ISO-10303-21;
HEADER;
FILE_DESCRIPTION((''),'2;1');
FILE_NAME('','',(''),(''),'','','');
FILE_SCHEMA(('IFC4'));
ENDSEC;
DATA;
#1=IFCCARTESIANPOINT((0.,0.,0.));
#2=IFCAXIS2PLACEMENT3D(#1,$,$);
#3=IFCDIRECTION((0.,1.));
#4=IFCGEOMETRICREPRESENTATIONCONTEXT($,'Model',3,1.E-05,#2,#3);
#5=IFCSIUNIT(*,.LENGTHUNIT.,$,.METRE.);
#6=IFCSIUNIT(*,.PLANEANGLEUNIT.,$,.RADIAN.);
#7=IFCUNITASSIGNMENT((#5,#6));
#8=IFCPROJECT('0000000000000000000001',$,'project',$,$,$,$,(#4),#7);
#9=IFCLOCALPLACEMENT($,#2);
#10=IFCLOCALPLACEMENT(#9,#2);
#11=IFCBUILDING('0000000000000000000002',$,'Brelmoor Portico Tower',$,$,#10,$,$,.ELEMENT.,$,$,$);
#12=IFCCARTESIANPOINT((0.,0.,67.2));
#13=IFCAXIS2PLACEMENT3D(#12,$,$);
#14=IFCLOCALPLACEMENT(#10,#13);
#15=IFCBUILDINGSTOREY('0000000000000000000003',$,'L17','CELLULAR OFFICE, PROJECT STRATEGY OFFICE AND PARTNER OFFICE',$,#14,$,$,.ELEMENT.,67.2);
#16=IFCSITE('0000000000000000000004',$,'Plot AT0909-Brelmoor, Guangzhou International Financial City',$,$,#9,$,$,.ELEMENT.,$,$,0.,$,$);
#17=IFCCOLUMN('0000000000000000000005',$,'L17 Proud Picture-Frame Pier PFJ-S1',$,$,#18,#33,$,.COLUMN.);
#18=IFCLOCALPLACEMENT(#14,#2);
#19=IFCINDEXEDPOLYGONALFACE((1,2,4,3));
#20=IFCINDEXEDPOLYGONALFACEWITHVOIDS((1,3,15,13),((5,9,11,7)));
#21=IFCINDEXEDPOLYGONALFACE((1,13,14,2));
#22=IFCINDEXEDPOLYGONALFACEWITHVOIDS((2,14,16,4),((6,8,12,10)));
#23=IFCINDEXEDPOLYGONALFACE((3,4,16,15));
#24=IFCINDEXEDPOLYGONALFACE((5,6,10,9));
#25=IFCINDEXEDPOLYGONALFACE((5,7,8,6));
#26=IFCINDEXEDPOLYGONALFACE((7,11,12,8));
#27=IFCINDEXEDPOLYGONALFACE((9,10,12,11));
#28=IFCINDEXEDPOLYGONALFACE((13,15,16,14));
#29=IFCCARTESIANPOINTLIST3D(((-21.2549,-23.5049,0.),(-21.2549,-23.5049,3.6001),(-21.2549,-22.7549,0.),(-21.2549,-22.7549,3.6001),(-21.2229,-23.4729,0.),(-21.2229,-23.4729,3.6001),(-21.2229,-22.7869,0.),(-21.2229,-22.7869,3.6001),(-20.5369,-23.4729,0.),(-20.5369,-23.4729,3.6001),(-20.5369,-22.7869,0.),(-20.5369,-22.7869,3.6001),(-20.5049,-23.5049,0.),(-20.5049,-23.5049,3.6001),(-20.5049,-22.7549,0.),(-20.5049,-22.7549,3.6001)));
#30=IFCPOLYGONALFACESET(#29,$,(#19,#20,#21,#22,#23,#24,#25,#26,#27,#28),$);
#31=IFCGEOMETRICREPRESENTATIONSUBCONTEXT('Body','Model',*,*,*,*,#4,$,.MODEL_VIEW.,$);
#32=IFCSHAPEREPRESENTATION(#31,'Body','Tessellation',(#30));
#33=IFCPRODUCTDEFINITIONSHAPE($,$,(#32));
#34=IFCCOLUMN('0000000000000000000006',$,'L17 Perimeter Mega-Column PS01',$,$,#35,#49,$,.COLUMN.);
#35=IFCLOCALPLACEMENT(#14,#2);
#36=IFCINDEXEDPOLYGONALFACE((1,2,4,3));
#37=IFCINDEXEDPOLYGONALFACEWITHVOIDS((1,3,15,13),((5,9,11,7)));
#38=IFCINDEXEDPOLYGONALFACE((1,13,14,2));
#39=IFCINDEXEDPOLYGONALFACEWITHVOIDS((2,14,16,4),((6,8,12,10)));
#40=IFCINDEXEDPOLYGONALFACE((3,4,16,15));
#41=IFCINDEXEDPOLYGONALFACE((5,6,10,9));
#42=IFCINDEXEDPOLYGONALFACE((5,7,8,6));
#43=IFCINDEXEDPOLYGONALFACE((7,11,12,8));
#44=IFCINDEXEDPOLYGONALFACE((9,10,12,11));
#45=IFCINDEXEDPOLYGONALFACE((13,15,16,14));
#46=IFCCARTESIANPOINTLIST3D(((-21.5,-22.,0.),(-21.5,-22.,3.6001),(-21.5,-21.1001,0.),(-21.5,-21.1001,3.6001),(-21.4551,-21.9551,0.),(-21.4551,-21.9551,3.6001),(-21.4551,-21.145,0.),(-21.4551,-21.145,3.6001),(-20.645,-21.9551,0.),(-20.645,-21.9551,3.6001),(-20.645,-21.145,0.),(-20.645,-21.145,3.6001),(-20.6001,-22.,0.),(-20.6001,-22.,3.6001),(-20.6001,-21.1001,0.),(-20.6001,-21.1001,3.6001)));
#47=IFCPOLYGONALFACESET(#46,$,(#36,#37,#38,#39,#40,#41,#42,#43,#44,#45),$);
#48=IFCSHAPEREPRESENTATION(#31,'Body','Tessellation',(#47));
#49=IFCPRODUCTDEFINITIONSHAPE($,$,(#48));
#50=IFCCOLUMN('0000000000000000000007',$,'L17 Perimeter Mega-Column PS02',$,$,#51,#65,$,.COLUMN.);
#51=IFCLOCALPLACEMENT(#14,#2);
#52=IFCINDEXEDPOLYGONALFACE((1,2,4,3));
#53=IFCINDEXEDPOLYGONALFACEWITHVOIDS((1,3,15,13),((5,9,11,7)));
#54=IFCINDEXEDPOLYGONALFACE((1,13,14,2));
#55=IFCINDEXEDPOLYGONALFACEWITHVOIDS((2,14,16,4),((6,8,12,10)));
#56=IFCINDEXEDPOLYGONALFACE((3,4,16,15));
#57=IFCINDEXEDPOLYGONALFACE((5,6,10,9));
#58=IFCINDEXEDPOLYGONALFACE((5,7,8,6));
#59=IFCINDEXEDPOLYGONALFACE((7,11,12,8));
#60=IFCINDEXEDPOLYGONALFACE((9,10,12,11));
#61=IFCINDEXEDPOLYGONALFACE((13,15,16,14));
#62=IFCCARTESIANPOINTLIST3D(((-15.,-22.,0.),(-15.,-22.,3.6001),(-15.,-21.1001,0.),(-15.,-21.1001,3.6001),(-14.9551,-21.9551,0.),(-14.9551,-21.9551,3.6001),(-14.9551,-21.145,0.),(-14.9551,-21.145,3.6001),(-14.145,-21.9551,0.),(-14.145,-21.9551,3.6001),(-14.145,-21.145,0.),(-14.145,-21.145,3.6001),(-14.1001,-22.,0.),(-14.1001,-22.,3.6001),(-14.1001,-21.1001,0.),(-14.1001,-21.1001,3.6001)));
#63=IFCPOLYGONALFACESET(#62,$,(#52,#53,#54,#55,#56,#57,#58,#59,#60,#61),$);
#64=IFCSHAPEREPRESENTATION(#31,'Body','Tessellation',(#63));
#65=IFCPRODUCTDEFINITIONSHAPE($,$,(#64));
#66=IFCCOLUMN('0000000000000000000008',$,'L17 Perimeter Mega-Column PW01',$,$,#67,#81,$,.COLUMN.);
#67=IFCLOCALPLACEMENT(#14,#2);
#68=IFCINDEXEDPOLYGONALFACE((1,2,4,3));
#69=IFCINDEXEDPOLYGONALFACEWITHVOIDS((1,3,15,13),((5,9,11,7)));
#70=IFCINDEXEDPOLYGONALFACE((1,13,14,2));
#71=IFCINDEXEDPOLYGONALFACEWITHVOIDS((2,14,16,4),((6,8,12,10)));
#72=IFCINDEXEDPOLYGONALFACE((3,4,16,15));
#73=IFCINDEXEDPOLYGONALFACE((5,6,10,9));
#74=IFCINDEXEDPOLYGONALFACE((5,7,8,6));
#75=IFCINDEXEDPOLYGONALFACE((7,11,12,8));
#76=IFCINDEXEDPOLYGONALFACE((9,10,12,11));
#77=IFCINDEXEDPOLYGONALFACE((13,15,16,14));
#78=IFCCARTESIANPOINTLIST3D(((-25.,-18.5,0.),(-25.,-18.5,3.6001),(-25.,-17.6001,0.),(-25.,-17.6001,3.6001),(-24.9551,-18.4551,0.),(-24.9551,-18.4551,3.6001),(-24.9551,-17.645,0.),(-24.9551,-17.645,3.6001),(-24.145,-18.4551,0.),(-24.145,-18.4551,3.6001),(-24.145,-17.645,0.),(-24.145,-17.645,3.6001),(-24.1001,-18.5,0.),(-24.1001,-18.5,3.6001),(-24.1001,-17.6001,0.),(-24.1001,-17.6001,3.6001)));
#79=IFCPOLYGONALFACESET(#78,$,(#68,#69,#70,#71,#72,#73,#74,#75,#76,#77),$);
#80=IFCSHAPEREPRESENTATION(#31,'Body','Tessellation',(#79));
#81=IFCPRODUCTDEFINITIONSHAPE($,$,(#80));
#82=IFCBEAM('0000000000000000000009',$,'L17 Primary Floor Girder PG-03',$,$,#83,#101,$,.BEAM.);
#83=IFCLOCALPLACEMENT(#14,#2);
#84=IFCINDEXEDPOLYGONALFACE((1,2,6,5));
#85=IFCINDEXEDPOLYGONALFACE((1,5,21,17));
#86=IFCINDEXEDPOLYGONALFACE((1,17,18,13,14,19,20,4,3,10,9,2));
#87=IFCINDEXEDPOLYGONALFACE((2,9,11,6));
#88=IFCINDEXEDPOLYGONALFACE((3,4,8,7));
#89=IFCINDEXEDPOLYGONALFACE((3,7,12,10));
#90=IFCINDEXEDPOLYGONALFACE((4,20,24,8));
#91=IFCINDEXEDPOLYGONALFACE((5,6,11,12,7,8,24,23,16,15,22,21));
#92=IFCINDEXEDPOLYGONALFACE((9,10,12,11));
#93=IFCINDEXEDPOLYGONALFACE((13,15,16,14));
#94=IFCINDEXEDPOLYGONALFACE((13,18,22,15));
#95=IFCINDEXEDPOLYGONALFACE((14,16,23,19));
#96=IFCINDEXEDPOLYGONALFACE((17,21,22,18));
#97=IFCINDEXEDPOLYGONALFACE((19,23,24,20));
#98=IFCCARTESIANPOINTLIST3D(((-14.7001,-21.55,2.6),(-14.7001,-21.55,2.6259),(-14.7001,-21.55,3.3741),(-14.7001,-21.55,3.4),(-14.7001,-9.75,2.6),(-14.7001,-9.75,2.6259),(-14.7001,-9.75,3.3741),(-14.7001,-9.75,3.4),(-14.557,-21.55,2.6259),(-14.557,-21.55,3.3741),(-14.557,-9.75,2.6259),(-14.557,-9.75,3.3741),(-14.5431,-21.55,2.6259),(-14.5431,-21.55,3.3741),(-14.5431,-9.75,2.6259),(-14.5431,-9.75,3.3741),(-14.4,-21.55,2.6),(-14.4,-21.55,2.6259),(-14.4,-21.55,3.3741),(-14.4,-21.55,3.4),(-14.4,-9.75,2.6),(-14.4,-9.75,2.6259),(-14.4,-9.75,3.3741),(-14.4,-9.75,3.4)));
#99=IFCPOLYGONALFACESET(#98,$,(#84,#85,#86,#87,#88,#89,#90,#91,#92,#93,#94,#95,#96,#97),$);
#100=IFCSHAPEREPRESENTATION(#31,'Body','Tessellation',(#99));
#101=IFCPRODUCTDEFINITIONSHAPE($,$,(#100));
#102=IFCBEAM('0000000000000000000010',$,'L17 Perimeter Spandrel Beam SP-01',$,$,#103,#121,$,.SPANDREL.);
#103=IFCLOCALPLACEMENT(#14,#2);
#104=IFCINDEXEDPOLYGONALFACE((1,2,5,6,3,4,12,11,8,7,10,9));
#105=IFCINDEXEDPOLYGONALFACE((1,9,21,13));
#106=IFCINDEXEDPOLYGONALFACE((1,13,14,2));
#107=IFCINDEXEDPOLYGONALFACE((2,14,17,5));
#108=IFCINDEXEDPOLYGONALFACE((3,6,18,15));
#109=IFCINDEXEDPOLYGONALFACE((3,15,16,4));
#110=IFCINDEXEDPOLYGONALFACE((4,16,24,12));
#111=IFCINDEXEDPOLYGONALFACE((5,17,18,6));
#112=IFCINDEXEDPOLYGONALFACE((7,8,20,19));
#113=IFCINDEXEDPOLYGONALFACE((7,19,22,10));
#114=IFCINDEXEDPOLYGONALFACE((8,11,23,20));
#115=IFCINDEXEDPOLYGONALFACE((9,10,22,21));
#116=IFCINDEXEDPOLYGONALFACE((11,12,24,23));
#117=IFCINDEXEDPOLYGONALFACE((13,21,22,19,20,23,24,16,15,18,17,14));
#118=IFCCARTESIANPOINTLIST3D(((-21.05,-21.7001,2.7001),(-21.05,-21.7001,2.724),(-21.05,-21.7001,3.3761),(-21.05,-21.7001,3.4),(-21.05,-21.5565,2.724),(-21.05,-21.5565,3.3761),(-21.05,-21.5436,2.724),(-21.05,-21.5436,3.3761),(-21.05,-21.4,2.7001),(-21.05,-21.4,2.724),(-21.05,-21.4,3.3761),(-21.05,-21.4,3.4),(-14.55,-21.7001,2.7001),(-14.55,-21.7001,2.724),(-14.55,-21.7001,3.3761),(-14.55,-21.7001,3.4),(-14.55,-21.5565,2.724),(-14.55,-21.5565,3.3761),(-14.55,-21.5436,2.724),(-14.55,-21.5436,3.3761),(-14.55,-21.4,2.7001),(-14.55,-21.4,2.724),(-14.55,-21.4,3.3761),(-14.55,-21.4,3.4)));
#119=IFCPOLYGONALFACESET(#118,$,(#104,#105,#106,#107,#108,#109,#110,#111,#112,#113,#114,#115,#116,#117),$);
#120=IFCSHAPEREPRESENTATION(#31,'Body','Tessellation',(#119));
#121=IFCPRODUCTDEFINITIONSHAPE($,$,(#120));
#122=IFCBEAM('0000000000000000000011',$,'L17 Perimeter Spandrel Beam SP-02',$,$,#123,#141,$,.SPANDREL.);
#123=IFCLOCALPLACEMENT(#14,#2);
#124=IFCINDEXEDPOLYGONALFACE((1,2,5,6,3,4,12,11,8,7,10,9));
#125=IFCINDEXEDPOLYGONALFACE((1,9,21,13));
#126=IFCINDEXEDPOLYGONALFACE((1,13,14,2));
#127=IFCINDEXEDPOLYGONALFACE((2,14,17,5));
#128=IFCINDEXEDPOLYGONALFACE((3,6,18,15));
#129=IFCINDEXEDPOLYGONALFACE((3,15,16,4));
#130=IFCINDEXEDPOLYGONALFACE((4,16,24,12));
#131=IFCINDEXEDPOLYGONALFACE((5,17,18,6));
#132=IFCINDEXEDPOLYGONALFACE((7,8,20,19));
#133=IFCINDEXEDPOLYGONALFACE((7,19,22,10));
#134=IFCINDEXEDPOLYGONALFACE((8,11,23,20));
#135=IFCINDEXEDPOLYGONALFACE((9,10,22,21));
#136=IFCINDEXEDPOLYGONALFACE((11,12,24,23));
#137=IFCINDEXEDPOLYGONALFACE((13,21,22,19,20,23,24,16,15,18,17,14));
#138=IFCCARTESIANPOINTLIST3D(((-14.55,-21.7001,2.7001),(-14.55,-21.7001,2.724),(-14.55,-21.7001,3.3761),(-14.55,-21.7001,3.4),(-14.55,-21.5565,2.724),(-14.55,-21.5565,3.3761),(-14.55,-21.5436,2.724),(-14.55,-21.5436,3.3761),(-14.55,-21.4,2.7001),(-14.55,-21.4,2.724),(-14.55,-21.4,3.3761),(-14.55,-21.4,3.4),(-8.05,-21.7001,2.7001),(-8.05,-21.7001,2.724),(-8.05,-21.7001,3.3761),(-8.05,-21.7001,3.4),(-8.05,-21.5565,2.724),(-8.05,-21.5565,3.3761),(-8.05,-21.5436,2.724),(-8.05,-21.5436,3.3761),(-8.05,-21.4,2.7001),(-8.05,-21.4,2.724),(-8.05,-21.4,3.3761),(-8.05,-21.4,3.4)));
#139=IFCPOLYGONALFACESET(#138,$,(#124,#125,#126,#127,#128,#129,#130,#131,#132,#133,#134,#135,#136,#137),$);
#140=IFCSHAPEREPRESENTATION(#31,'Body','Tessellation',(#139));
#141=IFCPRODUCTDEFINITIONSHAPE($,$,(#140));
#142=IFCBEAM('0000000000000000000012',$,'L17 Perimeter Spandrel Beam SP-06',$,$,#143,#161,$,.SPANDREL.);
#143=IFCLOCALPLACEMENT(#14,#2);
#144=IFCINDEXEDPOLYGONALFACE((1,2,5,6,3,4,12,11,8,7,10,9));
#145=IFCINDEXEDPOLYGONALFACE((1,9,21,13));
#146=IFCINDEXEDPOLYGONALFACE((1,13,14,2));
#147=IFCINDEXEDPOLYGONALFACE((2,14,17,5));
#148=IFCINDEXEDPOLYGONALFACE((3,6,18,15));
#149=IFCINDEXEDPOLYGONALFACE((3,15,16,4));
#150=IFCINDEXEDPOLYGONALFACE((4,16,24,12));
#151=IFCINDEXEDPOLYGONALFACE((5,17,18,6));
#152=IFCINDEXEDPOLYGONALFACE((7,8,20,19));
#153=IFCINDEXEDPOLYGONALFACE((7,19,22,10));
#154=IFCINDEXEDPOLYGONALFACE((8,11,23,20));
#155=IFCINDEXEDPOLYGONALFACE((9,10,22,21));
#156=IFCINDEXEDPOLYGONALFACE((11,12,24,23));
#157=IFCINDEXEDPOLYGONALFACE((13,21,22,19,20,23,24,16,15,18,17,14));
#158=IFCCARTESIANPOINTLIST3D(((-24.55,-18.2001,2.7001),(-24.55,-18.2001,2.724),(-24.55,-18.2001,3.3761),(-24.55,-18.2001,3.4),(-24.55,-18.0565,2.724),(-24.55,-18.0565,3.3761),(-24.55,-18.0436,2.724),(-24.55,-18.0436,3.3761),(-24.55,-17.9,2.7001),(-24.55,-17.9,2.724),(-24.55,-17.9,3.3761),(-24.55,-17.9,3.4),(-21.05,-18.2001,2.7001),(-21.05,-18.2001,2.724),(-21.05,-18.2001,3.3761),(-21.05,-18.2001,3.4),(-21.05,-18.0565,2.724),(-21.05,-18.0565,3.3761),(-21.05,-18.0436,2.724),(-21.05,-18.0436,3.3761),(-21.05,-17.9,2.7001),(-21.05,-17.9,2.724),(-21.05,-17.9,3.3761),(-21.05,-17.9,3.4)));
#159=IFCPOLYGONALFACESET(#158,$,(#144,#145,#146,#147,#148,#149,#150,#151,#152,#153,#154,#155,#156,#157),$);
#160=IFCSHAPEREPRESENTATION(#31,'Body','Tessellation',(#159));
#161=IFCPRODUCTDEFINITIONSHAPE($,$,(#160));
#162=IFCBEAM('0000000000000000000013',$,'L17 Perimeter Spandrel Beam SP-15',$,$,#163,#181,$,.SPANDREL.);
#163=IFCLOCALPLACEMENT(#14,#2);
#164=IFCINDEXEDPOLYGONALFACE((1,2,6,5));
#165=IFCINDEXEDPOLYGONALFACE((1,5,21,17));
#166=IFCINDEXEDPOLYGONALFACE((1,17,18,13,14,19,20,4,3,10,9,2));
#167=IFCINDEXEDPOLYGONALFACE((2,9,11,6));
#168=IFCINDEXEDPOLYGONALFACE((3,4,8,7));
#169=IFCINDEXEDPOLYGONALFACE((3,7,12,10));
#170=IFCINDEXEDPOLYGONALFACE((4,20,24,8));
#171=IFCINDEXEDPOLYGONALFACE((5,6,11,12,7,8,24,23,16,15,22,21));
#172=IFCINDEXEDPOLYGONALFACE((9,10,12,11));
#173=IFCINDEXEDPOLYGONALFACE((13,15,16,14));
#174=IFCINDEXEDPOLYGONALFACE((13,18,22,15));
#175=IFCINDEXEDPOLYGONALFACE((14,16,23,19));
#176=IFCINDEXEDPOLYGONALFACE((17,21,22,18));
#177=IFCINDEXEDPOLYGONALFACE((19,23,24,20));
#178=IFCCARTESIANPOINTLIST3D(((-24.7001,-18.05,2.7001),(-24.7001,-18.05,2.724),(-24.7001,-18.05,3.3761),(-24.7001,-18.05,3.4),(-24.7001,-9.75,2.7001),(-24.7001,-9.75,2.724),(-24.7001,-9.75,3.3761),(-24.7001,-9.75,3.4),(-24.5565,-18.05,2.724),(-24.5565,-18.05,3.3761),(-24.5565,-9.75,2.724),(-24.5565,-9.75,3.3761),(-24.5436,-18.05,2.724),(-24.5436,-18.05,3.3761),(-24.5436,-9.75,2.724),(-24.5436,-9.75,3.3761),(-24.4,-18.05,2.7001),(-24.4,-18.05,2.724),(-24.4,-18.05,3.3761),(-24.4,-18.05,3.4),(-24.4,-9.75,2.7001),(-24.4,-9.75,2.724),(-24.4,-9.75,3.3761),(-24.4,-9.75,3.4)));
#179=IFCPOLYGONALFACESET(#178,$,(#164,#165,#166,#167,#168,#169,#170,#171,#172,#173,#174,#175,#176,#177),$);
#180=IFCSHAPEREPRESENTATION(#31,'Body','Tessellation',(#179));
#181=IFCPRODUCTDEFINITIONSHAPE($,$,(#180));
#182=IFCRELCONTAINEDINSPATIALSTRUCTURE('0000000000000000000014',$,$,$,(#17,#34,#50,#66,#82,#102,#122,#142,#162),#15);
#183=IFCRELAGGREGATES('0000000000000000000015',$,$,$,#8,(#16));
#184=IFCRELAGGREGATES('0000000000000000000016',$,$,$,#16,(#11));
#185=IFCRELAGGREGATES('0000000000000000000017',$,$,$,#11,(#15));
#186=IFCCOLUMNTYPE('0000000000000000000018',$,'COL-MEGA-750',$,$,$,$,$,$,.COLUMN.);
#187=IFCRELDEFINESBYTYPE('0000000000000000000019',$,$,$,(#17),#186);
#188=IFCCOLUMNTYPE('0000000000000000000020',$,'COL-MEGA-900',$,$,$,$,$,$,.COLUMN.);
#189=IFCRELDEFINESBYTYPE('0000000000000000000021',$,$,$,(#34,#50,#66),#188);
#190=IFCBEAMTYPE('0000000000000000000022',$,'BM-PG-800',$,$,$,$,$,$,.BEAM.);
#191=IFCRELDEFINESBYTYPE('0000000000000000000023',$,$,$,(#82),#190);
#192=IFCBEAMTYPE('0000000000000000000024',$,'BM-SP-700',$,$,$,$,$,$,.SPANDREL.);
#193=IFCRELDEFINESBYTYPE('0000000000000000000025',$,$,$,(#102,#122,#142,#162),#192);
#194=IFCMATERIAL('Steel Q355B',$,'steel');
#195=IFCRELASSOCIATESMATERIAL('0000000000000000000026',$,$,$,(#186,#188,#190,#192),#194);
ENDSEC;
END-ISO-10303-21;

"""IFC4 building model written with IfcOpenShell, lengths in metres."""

from ifc_helpers import new_model, si_unit, direction, frame, origin, origin_2d, place, context, subcontext, project, spatial, hollow_rectangle, i_section, extrude, material, material_profile, profile_set, type_object, element, save


model = new_model("IFC4")

# Units and contexts
model_context = context("Model", 3, precision=1e-05, world=origin(), true_north=direction((0.0, 1.0)))
body_context = subcontext(model_context, "Body", "Model", "MODEL_VIEW")
ifc_project = project(units=[si_unit("LENGTHUNIT", "METRE"), si_unit("PLANEANGLEUNIT", "RADIAN")], contexts=[model_context])

# Site, building, storey
site_placement = place(None, origin())
site = spatial("IfcSite", under=ifc_project, at=site_placement, Name="Plot AT0909-Brelmoor, Guangzhou International Financial City", CompositionType="ELEMENT", RefElevation=0.0)
building_placement = place(site_placement, origin())
building = spatial("IfcBuilding", under=site, at=building_placement, Name="Brelmoor Portico Tower", CompositionType="ELEMENT")
storey_placement = place(building_placement, frame((0.0, 0.0, 67.2)))
storey = spatial("IfcBuildingStorey", under=building, at=storey_placement, Name="L17", Description="CELLULAR OFFICE, PROJECT STRATEGY OFFICE AND PARTNER OFFICE", CompositionType="ELEMENT", Elevation=67.2)

# Columns
ifc_material_1 = material(Name="Steel Q355B", Category="steel")
ifc_material_profile_1 = material_profile(ifc_material_1, hollow_rectangle(XDim=0.75, YDim=0.75, WallThickness=0.032, at=origin_2d()), Name="BOX 750x750x32")
ifc_profile_set_1 = profile_set([ifc_material_profile_1], Name="Steel Q355B")
column_type_1 = type_object("IfcColumnType", Name="COL-MEGA-750", PredefinedType="COLUMN", material=ifc_profile_set_1)
column_placement = place(storey_placement, frame((-20.8799, -23.1299, 0.0), z_axis=(0.0, 0.0, 1.0), x_axis=(1.0, 0.0, 0.0)))
element("IfcColumn", 1, at=column_placement, inside=storey, type_object=column_type_1, Name="L17 Proud Picture-Frame Pier PFJ-S1", PredefinedType="COLUMN", context=body_context, shape_type="SweptSolid", body=[
    extrude(hollow_rectangle(XDim=0.75, YDim=0.75, WallThickness=0.032, at=origin_2d()), origin(), (0.0, 0.0, 1.0), 3.6001),
])
ifc_material_profile_2 = material_profile(ifc_material_1, hollow_rectangle(XDim=0.8999, YDim=0.8999, WallThickness=0.0449, at=origin_2d()), Name="BOX 900x900x45")
ifc_profile_set_2 = profile_set([ifc_material_profile_2], Name="Steel Q355B")
column_type_2 = type_object("IfcColumnType", Name="COL-MEGA-900", PredefinedType="COLUMN", material=ifc_profile_set_2)
for number, where, z_axis, x_axis, name in (
    (2, (-21.05, -21.55, 0.0), (0.0, 0.0, 1.0), (1.0, 0.0, 0.0), "L17 Perimeter Mega-Column PS01"),
    (3, (-14.55, -21.55, 0.0), (0.0, 0.0, 1.0), (1.0, 0.0, 0.0), "L17 Perimeter Mega-Column PS02"),
    (4, (-24.55, -18.05, 0.0), (0.0, 0.0, 1.0), (0.0, 1.0, 0.0), "L17 Perimeter Mega-Column PW01"),
):
    element("IfcColumn", number, at=place(storey_placement, frame(where, z_axis=z_axis, x_axis=x_axis)), inside=storey, type_object=column_type_2, Name=name, PredefinedType="COLUMN", context=body_context, shape_type="SweptSolid", body=[
        extrude(hollow_rectangle(XDim=0.8999, YDim=0.8999, WallThickness=0.0449, at=origin_2d()), origin(), (0.0, 0.0, 1.0), 3.6001),
    ])

# Beams
ifc_material_profile_3 = material_profile(ifc_material_1, i_section(OverallWidth=0.3, OverallDepth=0.8, WebThickness=0.0139, FlangeThickness=0.0259, at=origin_2d()), Name="HN 800x300x14x26")
ifc_profile_set_3 = profile_set([ifc_material_profile_3], Name="Steel Q355B")
beam_type_1 = type_object("IfcBeamType", Name="BM-PG-800", PredefinedType="BEAM", material=ifc_profile_set_3)
beam_1_placement = place(storey_placement, frame((-14.55, -21.55, 3.0), z_axis=(0.0, 1.0, 0.0), x_axis=(-1.0, 0.0, 0.0)))
element("IfcBeam", 5, at=beam_1_placement, inside=storey, type_object=beam_type_1, Name="L17 Primary Floor Girder PG-03", PredefinedType="BEAM", context=body_context, shape_type="SweptSolid", body=[
    extrude(i_section(OverallWidth=0.3, OverallDepth=0.8, WebThickness=0.0139, FlangeThickness=0.0259, at=origin_2d()), origin(), (0.0, 0.0, 1.0), 11.8),
])
ifc_material_profile_4 = material_profile(ifc_material_1, i_section(OverallWidth=0.3, OverallDepth=0.7, WebThickness=0.0129, FlangeThickness=0.0239, at=origin_2d()), Name="HN 700x300x13x24")
ifc_profile_set_4 = profile_set([ifc_material_profile_4], Name="Steel Q355B")
beam_type_2 = type_object("IfcBeamType", Name="BM-SP-700", PredefinedType="SPANDREL", material=ifc_profile_set_4)
for number, where, z_axis, x_axis, name in (
    (6, (-21.05, -21.55, 3.05), (1.0, 0.0, 0.0), (0.0, 1.0, 0.0), "L17 Perimeter Spandrel Beam SP-01"),
    (7, (-14.55, -21.55, 3.05), (1.0, 0.0, 0.0), (0.0, 1.0, 0.0), "L17 Perimeter Spandrel Beam SP-02"),
):
    element("IfcBeam", number, at=place(storey_placement, frame(where, z_axis=z_axis, x_axis=x_axis)), inside=storey, type_object=beam_type_2, Name=name, PredefinedType="SPANDREL", context=body_context, shape_type="SweptSolid", body=[
        extrude(i_section(OverallWidth=0.3, OverallDepth=0.7, WebThickness=0.0129, FlangeThickness=0.0239, at=origin_2d()), origin(), (0.0, 0.0, 1.0), 6.5),
    ])
beam_2_placement = place(storey_placement, frame((-24.55, -18.05, 3.05), z_axis=(1.0, 0.0, 0.0), x_axis=(0.0, 1.0, 0.0)))
element("IfcBeam", 8, at=beam_2_placement, inside=storey, type_object=beam_type_2, Name="L17 Perimeter Spandrel Beam SP-06", PredefinedType="SPANDREL", context=body_context, shape_type="SweptSolid", body=[
    extrude(i_section(OverallWidth=0.3, OverallDepth=0.7, WebThickness=0.0129, FlangeThickness=0.0239, at=origin_2d()), origin(), (0.0, 0.0, 1.0), 3.5),
])
beam_3_placement = place(storey_placement, frame((-24.55, -18.05, 3.05), z_axis=(0.0, 1.0, 0.0), x_axis=(-1.0, 0.0, 0.0)))
element("IfcBeam", 9, at=beam_3_placement, inside=storey, type_object=beam_type_2, Name="L17 Perimeter Spandrel Beam SP-15", PredefinedType="SPANDREL", context=body_context, shape_type="SweptSolid", body=[
    extrude(i_section(OverallWidth=0.3, OverallDepth=0.7, WebThickness=0.0129, FlangeThickness=0.0239, at=origin_2d()), origin(), (0.0, 0.0, 1.0), 8.3),
])

save(model, "model.ifc")
